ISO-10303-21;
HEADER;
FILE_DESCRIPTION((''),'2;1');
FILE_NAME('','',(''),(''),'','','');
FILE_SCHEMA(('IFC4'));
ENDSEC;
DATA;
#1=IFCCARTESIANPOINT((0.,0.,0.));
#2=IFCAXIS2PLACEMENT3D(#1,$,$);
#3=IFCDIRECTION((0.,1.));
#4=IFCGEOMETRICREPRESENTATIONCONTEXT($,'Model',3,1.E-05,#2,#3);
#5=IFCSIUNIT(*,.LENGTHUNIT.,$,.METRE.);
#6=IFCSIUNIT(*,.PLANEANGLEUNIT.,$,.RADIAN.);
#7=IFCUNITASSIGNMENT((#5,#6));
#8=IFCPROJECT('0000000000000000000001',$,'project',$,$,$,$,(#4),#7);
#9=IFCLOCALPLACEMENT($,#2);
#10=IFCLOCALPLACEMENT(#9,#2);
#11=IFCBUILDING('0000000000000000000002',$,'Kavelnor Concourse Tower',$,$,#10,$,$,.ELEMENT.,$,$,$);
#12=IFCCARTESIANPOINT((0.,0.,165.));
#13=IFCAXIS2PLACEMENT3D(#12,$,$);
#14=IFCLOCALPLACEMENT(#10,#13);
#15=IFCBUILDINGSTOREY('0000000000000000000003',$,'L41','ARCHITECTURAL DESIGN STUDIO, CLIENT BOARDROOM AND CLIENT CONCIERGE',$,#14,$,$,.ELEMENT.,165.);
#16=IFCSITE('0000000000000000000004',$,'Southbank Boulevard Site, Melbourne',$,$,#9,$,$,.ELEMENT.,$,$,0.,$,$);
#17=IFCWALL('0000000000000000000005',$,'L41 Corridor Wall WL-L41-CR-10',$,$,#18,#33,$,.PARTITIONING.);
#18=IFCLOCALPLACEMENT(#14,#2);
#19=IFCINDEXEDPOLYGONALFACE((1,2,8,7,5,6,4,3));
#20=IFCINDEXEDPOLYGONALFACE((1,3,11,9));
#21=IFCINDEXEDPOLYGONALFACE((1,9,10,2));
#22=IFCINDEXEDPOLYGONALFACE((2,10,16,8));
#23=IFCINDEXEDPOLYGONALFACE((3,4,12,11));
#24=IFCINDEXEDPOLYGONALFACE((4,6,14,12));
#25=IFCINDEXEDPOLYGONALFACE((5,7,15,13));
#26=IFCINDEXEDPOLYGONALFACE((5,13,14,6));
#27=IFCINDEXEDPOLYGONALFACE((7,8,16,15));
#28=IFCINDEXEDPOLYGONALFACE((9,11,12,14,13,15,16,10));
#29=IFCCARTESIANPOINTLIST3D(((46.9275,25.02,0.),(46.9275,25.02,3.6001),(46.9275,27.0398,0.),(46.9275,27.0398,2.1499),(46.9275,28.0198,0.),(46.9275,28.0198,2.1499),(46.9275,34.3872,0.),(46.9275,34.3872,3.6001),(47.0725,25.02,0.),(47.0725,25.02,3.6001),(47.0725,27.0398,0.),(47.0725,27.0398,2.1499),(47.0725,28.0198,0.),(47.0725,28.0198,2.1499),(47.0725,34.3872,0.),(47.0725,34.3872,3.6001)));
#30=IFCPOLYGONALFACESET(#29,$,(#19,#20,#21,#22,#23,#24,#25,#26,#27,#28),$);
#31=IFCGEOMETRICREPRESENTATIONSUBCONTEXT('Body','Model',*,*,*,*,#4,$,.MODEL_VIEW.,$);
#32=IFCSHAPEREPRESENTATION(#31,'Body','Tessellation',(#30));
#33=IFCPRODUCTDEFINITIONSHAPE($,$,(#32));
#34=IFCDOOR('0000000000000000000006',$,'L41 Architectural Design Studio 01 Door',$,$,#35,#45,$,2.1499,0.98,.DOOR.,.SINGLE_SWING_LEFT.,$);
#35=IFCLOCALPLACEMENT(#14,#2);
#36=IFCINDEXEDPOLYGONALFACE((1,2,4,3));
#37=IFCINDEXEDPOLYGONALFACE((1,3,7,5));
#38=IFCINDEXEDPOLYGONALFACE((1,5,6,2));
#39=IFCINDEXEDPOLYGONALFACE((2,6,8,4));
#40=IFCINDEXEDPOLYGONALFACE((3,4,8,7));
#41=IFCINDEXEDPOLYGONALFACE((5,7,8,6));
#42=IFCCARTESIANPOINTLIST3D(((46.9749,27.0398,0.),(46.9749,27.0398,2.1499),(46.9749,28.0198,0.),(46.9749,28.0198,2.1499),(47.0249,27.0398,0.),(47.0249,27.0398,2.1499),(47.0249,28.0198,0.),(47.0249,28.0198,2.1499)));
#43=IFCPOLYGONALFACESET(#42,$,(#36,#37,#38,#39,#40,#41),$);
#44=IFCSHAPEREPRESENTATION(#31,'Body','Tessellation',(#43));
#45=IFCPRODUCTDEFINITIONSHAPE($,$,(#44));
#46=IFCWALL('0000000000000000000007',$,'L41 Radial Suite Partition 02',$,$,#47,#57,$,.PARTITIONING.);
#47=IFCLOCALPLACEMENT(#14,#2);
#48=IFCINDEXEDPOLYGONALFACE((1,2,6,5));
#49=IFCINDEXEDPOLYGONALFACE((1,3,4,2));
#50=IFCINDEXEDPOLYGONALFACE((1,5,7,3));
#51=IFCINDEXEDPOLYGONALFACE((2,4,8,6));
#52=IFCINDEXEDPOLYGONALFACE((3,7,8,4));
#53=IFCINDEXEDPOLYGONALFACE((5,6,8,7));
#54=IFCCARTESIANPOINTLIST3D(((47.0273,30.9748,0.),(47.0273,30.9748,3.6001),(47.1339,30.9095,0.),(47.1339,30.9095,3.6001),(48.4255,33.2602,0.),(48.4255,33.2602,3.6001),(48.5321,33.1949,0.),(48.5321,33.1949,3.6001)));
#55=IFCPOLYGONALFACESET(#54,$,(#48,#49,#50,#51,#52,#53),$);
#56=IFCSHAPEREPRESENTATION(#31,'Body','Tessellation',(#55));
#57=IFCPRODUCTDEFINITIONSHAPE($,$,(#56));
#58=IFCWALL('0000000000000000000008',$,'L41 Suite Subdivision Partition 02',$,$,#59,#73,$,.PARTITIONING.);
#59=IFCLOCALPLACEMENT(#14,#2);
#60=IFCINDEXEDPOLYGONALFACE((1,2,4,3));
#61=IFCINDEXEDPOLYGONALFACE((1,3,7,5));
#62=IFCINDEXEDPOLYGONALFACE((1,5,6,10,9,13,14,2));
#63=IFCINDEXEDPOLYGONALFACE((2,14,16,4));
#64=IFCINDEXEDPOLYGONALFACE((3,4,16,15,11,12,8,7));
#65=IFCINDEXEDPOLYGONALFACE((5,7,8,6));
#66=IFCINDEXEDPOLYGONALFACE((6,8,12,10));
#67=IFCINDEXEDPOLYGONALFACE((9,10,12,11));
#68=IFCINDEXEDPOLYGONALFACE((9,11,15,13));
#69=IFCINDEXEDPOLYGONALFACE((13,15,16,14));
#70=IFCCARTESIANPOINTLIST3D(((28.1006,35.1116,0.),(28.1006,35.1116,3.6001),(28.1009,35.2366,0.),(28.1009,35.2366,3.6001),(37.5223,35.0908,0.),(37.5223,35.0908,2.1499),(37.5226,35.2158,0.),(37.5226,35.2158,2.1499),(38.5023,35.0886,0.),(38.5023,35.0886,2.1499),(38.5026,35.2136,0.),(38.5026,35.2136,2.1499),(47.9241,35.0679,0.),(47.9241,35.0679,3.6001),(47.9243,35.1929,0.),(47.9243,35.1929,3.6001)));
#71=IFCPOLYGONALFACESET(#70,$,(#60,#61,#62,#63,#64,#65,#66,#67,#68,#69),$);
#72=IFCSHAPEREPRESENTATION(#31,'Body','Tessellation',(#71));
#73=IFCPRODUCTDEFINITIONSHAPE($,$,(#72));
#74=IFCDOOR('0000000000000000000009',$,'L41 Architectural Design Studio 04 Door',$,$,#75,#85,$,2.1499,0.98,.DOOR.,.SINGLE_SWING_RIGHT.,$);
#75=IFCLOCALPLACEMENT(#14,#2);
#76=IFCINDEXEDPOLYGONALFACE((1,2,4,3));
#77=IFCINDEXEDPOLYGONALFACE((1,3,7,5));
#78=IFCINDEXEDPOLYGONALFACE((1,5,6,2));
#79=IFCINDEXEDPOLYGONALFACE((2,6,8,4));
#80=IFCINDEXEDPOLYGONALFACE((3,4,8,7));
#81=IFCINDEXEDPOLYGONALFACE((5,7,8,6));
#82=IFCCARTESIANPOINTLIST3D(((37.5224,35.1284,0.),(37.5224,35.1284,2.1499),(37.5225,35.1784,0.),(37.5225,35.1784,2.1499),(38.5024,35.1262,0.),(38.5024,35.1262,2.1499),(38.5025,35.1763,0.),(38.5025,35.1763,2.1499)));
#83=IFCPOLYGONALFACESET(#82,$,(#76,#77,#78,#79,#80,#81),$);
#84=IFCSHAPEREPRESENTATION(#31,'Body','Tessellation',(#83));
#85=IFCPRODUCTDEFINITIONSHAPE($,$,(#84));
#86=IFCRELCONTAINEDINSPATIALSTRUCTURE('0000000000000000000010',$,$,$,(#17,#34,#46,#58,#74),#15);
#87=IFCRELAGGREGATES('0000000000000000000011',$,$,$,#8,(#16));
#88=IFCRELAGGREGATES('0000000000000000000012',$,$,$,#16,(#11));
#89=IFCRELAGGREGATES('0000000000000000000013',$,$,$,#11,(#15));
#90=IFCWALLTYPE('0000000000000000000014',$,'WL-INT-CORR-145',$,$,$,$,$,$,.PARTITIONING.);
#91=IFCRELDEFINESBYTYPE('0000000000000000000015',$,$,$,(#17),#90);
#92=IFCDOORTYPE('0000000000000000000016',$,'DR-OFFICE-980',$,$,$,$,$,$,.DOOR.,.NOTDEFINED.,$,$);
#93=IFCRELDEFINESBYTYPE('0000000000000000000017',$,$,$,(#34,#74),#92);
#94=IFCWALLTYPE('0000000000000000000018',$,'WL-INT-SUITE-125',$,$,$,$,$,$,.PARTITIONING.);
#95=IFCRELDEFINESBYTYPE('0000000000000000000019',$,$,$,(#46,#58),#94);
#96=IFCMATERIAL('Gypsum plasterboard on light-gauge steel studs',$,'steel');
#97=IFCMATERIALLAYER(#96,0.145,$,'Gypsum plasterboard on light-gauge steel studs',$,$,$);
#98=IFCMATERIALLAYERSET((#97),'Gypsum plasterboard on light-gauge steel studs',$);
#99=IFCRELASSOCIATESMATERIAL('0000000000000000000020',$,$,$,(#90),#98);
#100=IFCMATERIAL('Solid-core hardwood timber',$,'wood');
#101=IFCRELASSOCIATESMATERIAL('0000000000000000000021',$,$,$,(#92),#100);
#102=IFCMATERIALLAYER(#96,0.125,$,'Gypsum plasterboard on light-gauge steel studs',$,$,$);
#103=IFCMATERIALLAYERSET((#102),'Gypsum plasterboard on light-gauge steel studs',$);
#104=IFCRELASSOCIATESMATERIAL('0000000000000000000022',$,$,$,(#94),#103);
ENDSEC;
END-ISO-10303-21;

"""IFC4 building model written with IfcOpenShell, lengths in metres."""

from ifc_helpers import new_model, si_unit, direction, frame, frame_2d, origin, place, context, subcontext, project, spatial, rectangle, extrude, material, layer, layer_set, type_object, element, fill, save


model = new_model("IFC4")

# Units and contexts
model_context = context("Model", 3, precision=1e-05, world=origin(), true_north=direction((0.0, 1.0)))
body_context = subcontext(model_context, "Body", "Model", "MODEL_VIEW")
ifc_project = project(units=[si_unit("LENGTHUNIT", "METRE"), si_unit("PLANEANGLEUNIT", "RADIAN")], contexts=[model_context])

# Site, building, storey
site_placement = place(None, origin())
site = spatial("IfcSite", under=ifc_project, at=site_placement, Name="Southbank Boulevard Site, Melbourne", CompositionType="ELEMENT", RefElevation=0.0)
building_placement = place(site_placement, origin())
building = spatial("IfcBuilding", under=site, at=building_placement, Name="Kavelnor Concourse Tower", CompositionType="ELEMENT")
storey_placement = place(building_placement, frame((0.0, 0.0, 165.0)))
storey = spatial("IfcBuildingStorey", under=building, at=storey_placement, Name="L41", Description="ARCHITECTURAL DESIGN STUDIO, CLIENT BOARDROOM AND CLIENT CONCIERGE", CompositionType="ELEMENT", Elevation=165.0)

# Shared definitions
ifc_material_1 = material(Name="Gypsum plasterboard on light-gauge steel studs", Category="steel")
ifc_layer_1 = layer(ifc_material_1, 0.145, Name="Gypsum plasterboard on light-gauge steel studs")
ifc_layer_set_1 = layer_set([ifc_layer_1], Name="Gypsum plasterboard on light-gauge steel studs")
wall_type_1 = type_object("IfcWallType", Name="WL-INT-CORR-145", PredefinedType="PARTITIONING", material=ifc_layer_set_1)

# Wall, opening, door
wall_1_placement = place(storey_placement, frame((47.0, 34.3872, 0.0), z_axis=(0.0, 0.0, 1.0), x_axis=(0.0, -1.0, 0.0)))
wall_1 = element("IfcWall", 1, at=wall_1_placement, inside=storey, type_object=wall_type_1, Name="L41 Corridor Wall WL-L41-CR-10", PredefinedType="PARTITIONING", context=body_context, shape_type="SweptSolid", body=[
    extrude(rectangle(XDim=9.3672, YDim=0.145, at=frame_2d((4.6836, 0.0))), origin(), (0.0, 0.0, 1.0), 3.6001),
])
opening_1_placement = place(wall_1_placement, frame((6.3674, 0.0, 0.0)))
opening_1 = element("IfcOpeningElement", 2, at=opening_1_placement, cuts=wall_1, PredefinedType="OPENING", context=body_context, shape_type="SweptSolid", body=[
    extrude(rectangle(XDim=0.98, YDim=2.1499, at=frame_2d((0.49, 1.075))), frame((0.0, 0.0825, 0.0), z_axis=(0.0, -1.0, 0.0), x_axis=(1.0, 0.0, 0.0)), (0.0, 0.0, 1.0), 0.165),
])
ifc_material_2 = material(Name="Solid-core hardwood timber", Category="wood")
door_type = type_object("IfcDoorType", Name="DR-OFFICE-980", OperationType="NOTDEFINED", PredefinedType="DOOR", material=ifc_material_2)
door_1_placement = place(opening_1_placement, origin())
door_1 = element("IfcDoor", 3, at=door_1_placement, inside=storey, type_object=door_type, Name="L41 Architectural Design Studio 01 Door", OperationType="SINGLE_SWING_LEFT", OverallHeight=2.1499, OverallWidth=0.98, PredefinedType="DOOR", context=body_context, shape_type="SweptSolid", body=[
    extrude(rectangle(XDim=0.98, YDim=2.1499, at=frame_2d((0.49, 1.075))), frame((0.0, 0.0249, 0.0), z_axis=(0.0, -1.0, 0.0), x_axis=(1.0, 0.0, 0.0)), (0.0, 0.0, 1.0), 0.05),
])
fill(opening_1, door_1)

# Wall
ifc_layer_2 = layer(ifc_material_1, 0.125, Name="Gypsum plasterboard on light-gauge steel studs")
ifc_layer_set_2 = layer_set([ifc_layer_2], Name="Gypsum plasterboard on light-gauge steel studs")
wall_type_2 = type_object("IfcWallType", Name="WL-INT-SUITE-125", PredefinedType="PARTITIONING", material=ifc_layer_set_2)
wall_2_placement = place(storey_placement, frame((47.0806, 30.9421, 0.0), z_axis=(0.0, 0.0, 1.0), x_axis=(0.521874, 0.853023, 0.0)))
element("IfcWall", 4, at=wall_2_placement, inside=storey, type_object=wall_type_2, Name="L41 Radial Suite Partition 02", PredefinedType="PARTITIONING", context=body_context, shape_type="SweptSolid", body=[
    extrude(rectangle(XDim=2.6792, YDim=0.125, at=frame_2d((1.3396, 0.0))), origin(), (0.0, 0.0, 1.0), 3.6001),
])

# Wall, opening, door
wall_3_placement = place(storey_placement, frame((47.9241, 35.1304, 0.0), z_axis=(0.0, 0.0, 1.0), x_axis=(-0.999998, 0.002205, 0.0)))
wall_3 = element("IfcWall", 5, at=wall_3_placement, inside=storey, type_object=wall_type_2, Name="L41 Suite Subdivision Partition 02", PredefinedType="PARTITIONING", context=body_context, shape_type="SweptSolid", body=[
    extrude(rectangle(XDim=19.8235, YDim=0.125, at=frame_2d((9.9116, 0.0))), origin(), (0.0, 0.0, 1.0), 3.6001),
])
opening_2_placement = place(wall_3_placement, frame((9.4216, 0.0, 0.0)))
opening_2 = element("IfcOpeningElement", 6, at=opening_2_placement, cuts=wall_3, PredefinedType="OPENING", context=body_context, shape_type="SweptSolid", body=[
    extrude(rectangle(XDim=0.98, YDim=2.1499, at=frame_2d((0.49, 1.075))), frame((0.0, 0.0725, 0.0), z_axis=(0.0, -1.0, 0.0), x_axis=(1.0, 0.0, 0.0)), (0.0, 0.0, 1.0), 0.145),
])
door_2_placement = place(opening_2_placement, origin())
door_2 = element("IfcDoor", 7, at=door_2_placement, inside=storey, type_object=door_type, Name="L41 Architectural Design Studio 04 Door", OperationType="SINGLE_SWING_RIGHT", OverallHeight=2.1499, OverallWidth=0.98, PredefinedType="DOOR", context=body_context, shape_type="SweptSolid", body=[
    extrude(rectangle(XDim=0.98, YDim=2.1499, at=frame_2d((0.49, 1.075))), frame((0.0, 0.0249, 0.0), z_axis=(0.0, -1.0, 0.0), x_axis=(1.0, 0.0, 0.0)), (0.0, 0.0, 1.0), 0.05),
])
fill(opening_2, door_2)

save(model, "model.ifc")
